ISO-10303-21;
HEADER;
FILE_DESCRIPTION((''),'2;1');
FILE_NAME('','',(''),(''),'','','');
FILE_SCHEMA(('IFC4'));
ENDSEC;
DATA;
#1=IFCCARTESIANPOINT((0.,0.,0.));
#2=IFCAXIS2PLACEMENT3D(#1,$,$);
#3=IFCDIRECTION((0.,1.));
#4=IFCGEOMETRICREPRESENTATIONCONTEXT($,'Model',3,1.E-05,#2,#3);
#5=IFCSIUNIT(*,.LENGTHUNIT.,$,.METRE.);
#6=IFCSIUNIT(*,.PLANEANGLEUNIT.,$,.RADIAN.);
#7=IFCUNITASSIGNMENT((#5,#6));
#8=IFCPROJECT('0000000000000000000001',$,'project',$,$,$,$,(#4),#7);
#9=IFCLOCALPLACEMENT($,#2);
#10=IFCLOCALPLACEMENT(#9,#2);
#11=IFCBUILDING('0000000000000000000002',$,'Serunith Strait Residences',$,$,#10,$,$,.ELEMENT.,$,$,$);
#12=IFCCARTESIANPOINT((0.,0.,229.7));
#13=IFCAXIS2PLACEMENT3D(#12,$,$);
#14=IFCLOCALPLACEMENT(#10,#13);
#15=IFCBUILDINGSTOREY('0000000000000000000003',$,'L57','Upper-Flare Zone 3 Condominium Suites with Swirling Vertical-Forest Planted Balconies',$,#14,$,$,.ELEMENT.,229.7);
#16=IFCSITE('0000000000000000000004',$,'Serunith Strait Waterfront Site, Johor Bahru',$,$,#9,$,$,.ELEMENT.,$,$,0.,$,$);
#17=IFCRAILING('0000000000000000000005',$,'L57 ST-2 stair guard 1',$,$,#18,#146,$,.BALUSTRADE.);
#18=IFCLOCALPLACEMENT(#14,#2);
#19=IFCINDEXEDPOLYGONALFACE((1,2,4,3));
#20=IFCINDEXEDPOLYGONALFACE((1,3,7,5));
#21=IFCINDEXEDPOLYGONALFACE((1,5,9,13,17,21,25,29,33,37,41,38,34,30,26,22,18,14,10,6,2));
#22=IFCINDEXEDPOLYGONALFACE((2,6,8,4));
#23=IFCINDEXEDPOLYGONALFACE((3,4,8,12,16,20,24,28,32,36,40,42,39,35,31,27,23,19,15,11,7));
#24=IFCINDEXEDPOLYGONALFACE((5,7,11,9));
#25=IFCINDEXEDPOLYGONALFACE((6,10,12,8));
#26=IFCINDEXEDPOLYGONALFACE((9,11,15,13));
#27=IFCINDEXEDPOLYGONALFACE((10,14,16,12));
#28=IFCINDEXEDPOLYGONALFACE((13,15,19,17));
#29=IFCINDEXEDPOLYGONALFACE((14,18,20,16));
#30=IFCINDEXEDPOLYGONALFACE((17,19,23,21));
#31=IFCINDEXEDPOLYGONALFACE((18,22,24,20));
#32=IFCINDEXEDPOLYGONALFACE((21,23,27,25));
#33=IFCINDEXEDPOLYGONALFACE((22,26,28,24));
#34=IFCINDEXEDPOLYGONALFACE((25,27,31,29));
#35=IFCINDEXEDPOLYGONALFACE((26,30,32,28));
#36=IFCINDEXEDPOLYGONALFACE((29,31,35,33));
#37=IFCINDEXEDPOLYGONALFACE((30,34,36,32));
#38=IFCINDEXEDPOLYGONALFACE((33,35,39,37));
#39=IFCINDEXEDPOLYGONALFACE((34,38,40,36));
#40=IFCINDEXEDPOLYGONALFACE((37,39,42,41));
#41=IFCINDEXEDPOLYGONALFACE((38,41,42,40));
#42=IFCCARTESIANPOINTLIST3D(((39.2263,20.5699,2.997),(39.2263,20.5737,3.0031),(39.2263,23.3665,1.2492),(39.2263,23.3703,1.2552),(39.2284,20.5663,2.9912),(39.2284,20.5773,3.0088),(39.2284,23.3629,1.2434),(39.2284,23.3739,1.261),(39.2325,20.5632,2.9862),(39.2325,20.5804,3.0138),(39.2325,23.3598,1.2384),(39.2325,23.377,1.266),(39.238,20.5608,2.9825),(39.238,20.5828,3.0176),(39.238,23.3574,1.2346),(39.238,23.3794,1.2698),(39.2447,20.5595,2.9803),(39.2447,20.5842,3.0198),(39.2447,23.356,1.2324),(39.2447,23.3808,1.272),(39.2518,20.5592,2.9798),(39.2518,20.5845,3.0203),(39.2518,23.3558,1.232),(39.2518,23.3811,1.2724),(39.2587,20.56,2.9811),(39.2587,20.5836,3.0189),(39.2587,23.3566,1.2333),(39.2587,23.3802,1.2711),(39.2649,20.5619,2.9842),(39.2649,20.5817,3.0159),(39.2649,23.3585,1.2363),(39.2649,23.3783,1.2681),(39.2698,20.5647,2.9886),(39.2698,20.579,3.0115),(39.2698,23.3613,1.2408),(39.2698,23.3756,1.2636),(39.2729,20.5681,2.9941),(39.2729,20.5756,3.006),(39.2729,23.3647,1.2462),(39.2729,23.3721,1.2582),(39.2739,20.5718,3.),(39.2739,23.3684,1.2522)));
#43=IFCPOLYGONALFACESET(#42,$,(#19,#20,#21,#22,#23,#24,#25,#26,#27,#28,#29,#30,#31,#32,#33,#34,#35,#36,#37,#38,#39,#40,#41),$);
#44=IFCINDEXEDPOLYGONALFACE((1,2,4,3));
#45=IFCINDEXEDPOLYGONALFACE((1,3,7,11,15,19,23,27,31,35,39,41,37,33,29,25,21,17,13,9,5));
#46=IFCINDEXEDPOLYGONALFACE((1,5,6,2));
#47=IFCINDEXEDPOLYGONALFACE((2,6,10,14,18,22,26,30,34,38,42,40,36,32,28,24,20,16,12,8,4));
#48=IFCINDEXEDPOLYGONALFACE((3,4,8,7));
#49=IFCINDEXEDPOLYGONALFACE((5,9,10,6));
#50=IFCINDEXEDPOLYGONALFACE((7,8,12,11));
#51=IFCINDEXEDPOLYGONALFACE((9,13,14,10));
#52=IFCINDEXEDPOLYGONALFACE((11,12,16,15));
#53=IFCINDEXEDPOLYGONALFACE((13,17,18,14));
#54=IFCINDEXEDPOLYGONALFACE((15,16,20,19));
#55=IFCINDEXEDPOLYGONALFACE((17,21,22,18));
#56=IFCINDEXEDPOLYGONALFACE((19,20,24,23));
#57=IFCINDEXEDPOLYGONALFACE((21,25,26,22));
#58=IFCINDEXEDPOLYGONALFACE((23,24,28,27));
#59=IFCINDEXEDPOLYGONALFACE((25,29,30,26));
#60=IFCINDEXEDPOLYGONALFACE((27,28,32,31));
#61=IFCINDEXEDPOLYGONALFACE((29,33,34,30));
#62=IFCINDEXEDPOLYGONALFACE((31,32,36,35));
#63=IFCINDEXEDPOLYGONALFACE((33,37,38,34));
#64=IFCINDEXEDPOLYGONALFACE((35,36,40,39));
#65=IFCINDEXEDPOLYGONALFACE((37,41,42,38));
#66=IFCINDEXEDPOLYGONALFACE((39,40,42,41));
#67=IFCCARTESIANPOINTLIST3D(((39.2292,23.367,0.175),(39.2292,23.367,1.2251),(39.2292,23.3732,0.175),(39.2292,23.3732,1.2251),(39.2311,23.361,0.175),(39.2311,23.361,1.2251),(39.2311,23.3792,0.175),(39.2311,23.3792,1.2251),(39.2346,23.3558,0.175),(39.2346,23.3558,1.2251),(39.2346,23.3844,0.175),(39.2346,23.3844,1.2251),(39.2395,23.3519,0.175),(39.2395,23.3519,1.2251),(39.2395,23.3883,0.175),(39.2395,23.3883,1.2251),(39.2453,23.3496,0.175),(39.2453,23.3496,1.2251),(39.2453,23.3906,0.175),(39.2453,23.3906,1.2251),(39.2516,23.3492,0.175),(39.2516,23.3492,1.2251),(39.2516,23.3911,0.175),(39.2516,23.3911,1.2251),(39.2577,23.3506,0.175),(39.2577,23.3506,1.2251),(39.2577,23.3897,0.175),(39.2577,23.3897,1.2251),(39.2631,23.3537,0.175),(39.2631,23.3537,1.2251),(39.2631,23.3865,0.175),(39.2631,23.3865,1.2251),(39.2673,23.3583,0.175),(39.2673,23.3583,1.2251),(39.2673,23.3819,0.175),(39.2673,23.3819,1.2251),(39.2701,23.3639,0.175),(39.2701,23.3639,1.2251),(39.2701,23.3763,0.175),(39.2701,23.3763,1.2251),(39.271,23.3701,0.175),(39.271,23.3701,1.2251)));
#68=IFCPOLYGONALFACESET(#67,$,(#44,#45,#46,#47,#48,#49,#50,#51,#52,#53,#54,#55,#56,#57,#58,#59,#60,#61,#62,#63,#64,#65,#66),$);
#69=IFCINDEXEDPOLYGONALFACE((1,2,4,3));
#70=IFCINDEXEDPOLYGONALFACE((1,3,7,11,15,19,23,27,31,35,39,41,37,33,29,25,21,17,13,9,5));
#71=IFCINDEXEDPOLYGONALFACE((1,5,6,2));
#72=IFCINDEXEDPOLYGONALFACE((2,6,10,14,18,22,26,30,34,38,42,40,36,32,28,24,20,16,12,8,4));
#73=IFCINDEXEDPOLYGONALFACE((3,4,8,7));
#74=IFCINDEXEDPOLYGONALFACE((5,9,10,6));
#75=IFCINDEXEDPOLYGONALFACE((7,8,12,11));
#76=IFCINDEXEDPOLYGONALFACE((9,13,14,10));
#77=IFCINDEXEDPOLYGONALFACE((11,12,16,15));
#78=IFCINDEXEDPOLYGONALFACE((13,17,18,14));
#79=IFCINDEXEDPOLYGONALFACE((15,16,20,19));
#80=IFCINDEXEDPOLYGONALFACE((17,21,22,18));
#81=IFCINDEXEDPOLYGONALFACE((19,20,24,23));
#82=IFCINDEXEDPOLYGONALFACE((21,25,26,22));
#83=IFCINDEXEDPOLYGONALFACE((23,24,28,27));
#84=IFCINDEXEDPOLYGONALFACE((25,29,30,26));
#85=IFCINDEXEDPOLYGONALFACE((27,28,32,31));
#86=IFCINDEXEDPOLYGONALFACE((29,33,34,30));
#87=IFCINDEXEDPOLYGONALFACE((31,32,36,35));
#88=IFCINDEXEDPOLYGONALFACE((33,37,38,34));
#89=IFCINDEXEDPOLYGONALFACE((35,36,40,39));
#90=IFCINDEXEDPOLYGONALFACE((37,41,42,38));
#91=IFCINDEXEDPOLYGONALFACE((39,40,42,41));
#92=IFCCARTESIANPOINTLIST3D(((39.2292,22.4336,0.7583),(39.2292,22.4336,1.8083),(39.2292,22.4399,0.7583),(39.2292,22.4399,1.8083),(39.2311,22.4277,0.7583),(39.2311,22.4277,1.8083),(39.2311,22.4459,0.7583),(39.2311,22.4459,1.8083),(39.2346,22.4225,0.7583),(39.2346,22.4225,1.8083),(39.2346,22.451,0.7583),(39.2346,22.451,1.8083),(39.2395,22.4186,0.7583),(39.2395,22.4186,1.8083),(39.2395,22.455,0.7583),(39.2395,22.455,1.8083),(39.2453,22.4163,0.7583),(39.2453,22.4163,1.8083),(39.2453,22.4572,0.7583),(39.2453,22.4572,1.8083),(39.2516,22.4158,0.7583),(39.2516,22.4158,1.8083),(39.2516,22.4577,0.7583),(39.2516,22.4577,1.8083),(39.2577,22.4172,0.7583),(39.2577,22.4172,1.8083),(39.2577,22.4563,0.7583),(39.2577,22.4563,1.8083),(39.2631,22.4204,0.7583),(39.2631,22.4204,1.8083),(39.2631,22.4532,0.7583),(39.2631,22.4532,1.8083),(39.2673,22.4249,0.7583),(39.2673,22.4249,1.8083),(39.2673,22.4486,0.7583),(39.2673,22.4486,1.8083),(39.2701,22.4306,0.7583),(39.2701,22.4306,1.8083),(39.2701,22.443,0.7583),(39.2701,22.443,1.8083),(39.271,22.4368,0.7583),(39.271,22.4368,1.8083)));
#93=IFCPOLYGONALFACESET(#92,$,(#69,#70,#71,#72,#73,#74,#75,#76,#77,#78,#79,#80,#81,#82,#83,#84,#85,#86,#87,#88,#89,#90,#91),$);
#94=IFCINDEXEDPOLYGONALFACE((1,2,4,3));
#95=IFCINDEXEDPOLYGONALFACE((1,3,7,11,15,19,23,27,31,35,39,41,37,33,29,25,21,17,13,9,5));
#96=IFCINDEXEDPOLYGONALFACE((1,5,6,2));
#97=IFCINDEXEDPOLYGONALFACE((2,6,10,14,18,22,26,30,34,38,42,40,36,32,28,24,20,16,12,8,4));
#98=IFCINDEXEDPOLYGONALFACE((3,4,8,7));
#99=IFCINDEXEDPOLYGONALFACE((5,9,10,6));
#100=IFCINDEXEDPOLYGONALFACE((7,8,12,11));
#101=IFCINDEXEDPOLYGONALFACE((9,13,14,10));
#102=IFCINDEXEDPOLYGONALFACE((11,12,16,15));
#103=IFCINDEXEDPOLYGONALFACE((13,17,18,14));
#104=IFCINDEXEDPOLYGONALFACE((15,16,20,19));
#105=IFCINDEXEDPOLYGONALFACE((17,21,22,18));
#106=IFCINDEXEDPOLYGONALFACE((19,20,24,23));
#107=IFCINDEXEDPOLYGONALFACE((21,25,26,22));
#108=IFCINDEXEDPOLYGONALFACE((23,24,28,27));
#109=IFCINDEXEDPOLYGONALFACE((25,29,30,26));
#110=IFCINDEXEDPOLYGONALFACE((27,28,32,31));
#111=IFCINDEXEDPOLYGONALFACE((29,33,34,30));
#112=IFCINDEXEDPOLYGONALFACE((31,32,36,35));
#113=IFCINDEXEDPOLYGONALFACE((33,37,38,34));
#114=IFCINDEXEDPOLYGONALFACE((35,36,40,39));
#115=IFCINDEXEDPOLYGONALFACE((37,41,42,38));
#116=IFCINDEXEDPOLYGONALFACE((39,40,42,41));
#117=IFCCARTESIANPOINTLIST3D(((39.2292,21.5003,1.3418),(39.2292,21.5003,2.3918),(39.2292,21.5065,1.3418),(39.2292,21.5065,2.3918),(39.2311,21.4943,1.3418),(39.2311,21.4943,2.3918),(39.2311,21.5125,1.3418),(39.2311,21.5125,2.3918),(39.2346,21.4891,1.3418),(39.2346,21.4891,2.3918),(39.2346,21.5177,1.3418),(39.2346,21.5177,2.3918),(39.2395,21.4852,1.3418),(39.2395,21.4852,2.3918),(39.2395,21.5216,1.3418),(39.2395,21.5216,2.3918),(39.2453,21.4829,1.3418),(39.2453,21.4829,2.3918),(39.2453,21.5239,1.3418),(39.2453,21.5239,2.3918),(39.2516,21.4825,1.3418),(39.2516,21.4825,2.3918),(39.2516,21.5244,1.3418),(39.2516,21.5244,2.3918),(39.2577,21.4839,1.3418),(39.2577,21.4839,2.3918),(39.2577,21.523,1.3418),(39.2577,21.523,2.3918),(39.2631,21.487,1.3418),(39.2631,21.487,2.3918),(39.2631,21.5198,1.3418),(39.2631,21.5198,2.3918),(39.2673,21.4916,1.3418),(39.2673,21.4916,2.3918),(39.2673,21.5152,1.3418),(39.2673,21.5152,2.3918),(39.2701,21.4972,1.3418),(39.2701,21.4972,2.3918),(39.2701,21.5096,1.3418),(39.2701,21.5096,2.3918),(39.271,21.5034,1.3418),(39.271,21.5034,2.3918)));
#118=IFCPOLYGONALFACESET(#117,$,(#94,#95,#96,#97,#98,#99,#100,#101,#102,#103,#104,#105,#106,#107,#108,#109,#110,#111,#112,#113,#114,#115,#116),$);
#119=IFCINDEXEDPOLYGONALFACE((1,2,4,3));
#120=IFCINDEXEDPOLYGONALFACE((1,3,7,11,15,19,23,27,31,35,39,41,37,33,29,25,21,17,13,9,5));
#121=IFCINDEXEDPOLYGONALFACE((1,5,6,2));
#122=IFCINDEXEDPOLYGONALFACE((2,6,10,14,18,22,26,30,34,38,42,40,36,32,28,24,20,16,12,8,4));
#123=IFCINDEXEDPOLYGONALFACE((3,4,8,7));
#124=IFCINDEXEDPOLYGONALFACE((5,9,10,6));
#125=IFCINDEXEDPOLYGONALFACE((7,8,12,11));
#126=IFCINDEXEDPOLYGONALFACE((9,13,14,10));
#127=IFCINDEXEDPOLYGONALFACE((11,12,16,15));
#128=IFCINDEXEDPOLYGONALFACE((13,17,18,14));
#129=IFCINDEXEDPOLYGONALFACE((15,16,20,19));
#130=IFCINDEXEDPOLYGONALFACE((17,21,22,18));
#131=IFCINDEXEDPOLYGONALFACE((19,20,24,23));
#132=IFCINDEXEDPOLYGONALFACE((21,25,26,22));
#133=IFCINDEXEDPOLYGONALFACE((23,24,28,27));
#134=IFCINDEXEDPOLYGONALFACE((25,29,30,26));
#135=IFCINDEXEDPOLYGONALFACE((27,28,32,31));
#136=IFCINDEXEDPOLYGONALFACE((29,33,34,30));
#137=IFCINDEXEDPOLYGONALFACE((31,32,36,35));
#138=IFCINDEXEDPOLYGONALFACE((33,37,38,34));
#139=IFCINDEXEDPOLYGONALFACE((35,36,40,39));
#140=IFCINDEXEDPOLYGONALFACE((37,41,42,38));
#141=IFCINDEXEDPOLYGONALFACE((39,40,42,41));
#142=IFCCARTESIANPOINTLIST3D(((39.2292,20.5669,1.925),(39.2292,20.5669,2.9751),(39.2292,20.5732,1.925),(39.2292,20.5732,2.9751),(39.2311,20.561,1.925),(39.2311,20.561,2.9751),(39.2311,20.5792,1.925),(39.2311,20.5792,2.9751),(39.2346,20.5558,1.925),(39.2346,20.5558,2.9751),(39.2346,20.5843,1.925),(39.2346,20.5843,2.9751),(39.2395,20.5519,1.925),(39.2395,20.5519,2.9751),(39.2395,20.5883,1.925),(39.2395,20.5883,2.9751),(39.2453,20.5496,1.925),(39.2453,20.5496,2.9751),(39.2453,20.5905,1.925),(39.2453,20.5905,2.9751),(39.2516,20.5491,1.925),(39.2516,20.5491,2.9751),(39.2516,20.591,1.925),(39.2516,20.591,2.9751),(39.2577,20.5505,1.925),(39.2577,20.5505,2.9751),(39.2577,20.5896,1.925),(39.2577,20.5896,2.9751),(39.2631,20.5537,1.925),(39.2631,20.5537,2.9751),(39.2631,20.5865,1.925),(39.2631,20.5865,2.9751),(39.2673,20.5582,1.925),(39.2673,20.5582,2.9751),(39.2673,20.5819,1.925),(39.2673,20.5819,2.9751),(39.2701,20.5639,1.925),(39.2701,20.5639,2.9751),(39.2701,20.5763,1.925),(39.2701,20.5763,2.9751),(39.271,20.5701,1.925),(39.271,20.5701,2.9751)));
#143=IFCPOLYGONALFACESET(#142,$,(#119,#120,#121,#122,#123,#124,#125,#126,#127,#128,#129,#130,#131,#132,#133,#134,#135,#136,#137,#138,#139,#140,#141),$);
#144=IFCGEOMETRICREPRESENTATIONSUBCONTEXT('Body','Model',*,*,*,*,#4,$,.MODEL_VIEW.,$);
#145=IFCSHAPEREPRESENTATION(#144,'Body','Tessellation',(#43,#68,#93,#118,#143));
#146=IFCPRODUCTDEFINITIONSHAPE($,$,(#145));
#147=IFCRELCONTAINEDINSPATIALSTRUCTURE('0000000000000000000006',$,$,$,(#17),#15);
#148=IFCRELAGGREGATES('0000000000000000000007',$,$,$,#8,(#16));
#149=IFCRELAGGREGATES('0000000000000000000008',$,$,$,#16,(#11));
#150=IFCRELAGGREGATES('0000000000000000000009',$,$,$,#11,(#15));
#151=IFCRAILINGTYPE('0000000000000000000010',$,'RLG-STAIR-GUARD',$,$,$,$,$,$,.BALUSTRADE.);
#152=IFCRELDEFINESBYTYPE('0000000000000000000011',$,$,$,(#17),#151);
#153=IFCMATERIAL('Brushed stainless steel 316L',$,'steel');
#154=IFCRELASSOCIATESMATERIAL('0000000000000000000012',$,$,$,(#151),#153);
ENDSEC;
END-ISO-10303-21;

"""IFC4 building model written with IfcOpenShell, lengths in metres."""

from ifc_helpers import new_model, si_unit, direction, frame, origin, origin_2d, place, context, subcontext, project, spatial, circle, extrude, material, type_object, element, save


model = new_model("IFC4")

# Units and contexts
model_context = context("Model", 3, precision=1e-05, world=origin(), true_north=direction((0.0, 1.0)))
body_context = subcontext(model_context, "Body", "Model", "MODEL_VIEW")
ifc_project = project(units=[si_unit("LENGTHUNIT", "METRE"), si_unit("PLANEANGLEUNIT", "RADIAN")], contexts=[model_context])

# Site, building, storey
site_placement = place(None, origin())
site = spatial("IfcSite", under=ifc_project, at=site_placement, Name="Serunith Strait Waterfront Site, Johor Bahru", CompositionType="ELEMENT", RefElevation=0.0)
building_placement = place(site_placement, origin())
building = spatial("IfcBuilding", under=site, at=building_placement, Name="Serunith Strait Residences", CompositionType="ELEMENT")
storey_placement = place(building_placement, frame((0.0, 0.0, 229.7)))
storey = spatial("IfcBuildingStorey", under=building, at=storey_placement, Name="L57", Description="Upper-Flare Zone 3 Condominium Suites with Swirling Vertical-Forest Planted Balconies", CompositionType="ELEMENT", Elevation=229.7)

# Railing
ifc_material_1 = material(Name="Brushed stainless steel 316L", Category="steel")
railing_type_1 = type_object("IfcRailingType", Name="RLG-STAIR-GUARD", PredefinedType="BALUSTRADE", material=ifc_material_1)
railing_1_placement = place(storey_placement, frame((39.25, 23.3701, 0.175)))
element("IfcRailing", 1, at=railing_1_placement, inside=storey, type_object=railing_type_1, Name="L57 ST-2 stair guard 1", PredefinedType="BALUSTRADE", context=body_context, shape_type="SweptSolid", body=[
    extrude(circle(Radius=0.0239, at=origin_2d()), frame((0.0, -0.0017, 1.0771), z_axis=(0.0, -0.848002, 0.529992), x_axis=(1.0, 0.0, 0.0)), (0.0, 0.0, 1.0), 3.2979),
    extrude(circle(Radius=0.021, at=origin_2d()), origin(), (0.0, 0.0, 1.0), 1.05),
    extrude(circle(Radius=0.021, at=origin_2d()), frame((0.0, -0.9333, 0.5833)), (0.0, 0.0, 1.0), 1.05),
    extrude(circle(Radius=0.021, at=origin_2d()), frame((0.0, -1.8667, 1.1667)), (0.0, 0.0, 1.0), 1.05),
    extrude(circle(Radius=0.021, at=origin_2d()), frame((0.0, -2.8, 1.75)), (0.0, 0.0, 1.0), 1.05),
])

save(model, "model.ifc")
